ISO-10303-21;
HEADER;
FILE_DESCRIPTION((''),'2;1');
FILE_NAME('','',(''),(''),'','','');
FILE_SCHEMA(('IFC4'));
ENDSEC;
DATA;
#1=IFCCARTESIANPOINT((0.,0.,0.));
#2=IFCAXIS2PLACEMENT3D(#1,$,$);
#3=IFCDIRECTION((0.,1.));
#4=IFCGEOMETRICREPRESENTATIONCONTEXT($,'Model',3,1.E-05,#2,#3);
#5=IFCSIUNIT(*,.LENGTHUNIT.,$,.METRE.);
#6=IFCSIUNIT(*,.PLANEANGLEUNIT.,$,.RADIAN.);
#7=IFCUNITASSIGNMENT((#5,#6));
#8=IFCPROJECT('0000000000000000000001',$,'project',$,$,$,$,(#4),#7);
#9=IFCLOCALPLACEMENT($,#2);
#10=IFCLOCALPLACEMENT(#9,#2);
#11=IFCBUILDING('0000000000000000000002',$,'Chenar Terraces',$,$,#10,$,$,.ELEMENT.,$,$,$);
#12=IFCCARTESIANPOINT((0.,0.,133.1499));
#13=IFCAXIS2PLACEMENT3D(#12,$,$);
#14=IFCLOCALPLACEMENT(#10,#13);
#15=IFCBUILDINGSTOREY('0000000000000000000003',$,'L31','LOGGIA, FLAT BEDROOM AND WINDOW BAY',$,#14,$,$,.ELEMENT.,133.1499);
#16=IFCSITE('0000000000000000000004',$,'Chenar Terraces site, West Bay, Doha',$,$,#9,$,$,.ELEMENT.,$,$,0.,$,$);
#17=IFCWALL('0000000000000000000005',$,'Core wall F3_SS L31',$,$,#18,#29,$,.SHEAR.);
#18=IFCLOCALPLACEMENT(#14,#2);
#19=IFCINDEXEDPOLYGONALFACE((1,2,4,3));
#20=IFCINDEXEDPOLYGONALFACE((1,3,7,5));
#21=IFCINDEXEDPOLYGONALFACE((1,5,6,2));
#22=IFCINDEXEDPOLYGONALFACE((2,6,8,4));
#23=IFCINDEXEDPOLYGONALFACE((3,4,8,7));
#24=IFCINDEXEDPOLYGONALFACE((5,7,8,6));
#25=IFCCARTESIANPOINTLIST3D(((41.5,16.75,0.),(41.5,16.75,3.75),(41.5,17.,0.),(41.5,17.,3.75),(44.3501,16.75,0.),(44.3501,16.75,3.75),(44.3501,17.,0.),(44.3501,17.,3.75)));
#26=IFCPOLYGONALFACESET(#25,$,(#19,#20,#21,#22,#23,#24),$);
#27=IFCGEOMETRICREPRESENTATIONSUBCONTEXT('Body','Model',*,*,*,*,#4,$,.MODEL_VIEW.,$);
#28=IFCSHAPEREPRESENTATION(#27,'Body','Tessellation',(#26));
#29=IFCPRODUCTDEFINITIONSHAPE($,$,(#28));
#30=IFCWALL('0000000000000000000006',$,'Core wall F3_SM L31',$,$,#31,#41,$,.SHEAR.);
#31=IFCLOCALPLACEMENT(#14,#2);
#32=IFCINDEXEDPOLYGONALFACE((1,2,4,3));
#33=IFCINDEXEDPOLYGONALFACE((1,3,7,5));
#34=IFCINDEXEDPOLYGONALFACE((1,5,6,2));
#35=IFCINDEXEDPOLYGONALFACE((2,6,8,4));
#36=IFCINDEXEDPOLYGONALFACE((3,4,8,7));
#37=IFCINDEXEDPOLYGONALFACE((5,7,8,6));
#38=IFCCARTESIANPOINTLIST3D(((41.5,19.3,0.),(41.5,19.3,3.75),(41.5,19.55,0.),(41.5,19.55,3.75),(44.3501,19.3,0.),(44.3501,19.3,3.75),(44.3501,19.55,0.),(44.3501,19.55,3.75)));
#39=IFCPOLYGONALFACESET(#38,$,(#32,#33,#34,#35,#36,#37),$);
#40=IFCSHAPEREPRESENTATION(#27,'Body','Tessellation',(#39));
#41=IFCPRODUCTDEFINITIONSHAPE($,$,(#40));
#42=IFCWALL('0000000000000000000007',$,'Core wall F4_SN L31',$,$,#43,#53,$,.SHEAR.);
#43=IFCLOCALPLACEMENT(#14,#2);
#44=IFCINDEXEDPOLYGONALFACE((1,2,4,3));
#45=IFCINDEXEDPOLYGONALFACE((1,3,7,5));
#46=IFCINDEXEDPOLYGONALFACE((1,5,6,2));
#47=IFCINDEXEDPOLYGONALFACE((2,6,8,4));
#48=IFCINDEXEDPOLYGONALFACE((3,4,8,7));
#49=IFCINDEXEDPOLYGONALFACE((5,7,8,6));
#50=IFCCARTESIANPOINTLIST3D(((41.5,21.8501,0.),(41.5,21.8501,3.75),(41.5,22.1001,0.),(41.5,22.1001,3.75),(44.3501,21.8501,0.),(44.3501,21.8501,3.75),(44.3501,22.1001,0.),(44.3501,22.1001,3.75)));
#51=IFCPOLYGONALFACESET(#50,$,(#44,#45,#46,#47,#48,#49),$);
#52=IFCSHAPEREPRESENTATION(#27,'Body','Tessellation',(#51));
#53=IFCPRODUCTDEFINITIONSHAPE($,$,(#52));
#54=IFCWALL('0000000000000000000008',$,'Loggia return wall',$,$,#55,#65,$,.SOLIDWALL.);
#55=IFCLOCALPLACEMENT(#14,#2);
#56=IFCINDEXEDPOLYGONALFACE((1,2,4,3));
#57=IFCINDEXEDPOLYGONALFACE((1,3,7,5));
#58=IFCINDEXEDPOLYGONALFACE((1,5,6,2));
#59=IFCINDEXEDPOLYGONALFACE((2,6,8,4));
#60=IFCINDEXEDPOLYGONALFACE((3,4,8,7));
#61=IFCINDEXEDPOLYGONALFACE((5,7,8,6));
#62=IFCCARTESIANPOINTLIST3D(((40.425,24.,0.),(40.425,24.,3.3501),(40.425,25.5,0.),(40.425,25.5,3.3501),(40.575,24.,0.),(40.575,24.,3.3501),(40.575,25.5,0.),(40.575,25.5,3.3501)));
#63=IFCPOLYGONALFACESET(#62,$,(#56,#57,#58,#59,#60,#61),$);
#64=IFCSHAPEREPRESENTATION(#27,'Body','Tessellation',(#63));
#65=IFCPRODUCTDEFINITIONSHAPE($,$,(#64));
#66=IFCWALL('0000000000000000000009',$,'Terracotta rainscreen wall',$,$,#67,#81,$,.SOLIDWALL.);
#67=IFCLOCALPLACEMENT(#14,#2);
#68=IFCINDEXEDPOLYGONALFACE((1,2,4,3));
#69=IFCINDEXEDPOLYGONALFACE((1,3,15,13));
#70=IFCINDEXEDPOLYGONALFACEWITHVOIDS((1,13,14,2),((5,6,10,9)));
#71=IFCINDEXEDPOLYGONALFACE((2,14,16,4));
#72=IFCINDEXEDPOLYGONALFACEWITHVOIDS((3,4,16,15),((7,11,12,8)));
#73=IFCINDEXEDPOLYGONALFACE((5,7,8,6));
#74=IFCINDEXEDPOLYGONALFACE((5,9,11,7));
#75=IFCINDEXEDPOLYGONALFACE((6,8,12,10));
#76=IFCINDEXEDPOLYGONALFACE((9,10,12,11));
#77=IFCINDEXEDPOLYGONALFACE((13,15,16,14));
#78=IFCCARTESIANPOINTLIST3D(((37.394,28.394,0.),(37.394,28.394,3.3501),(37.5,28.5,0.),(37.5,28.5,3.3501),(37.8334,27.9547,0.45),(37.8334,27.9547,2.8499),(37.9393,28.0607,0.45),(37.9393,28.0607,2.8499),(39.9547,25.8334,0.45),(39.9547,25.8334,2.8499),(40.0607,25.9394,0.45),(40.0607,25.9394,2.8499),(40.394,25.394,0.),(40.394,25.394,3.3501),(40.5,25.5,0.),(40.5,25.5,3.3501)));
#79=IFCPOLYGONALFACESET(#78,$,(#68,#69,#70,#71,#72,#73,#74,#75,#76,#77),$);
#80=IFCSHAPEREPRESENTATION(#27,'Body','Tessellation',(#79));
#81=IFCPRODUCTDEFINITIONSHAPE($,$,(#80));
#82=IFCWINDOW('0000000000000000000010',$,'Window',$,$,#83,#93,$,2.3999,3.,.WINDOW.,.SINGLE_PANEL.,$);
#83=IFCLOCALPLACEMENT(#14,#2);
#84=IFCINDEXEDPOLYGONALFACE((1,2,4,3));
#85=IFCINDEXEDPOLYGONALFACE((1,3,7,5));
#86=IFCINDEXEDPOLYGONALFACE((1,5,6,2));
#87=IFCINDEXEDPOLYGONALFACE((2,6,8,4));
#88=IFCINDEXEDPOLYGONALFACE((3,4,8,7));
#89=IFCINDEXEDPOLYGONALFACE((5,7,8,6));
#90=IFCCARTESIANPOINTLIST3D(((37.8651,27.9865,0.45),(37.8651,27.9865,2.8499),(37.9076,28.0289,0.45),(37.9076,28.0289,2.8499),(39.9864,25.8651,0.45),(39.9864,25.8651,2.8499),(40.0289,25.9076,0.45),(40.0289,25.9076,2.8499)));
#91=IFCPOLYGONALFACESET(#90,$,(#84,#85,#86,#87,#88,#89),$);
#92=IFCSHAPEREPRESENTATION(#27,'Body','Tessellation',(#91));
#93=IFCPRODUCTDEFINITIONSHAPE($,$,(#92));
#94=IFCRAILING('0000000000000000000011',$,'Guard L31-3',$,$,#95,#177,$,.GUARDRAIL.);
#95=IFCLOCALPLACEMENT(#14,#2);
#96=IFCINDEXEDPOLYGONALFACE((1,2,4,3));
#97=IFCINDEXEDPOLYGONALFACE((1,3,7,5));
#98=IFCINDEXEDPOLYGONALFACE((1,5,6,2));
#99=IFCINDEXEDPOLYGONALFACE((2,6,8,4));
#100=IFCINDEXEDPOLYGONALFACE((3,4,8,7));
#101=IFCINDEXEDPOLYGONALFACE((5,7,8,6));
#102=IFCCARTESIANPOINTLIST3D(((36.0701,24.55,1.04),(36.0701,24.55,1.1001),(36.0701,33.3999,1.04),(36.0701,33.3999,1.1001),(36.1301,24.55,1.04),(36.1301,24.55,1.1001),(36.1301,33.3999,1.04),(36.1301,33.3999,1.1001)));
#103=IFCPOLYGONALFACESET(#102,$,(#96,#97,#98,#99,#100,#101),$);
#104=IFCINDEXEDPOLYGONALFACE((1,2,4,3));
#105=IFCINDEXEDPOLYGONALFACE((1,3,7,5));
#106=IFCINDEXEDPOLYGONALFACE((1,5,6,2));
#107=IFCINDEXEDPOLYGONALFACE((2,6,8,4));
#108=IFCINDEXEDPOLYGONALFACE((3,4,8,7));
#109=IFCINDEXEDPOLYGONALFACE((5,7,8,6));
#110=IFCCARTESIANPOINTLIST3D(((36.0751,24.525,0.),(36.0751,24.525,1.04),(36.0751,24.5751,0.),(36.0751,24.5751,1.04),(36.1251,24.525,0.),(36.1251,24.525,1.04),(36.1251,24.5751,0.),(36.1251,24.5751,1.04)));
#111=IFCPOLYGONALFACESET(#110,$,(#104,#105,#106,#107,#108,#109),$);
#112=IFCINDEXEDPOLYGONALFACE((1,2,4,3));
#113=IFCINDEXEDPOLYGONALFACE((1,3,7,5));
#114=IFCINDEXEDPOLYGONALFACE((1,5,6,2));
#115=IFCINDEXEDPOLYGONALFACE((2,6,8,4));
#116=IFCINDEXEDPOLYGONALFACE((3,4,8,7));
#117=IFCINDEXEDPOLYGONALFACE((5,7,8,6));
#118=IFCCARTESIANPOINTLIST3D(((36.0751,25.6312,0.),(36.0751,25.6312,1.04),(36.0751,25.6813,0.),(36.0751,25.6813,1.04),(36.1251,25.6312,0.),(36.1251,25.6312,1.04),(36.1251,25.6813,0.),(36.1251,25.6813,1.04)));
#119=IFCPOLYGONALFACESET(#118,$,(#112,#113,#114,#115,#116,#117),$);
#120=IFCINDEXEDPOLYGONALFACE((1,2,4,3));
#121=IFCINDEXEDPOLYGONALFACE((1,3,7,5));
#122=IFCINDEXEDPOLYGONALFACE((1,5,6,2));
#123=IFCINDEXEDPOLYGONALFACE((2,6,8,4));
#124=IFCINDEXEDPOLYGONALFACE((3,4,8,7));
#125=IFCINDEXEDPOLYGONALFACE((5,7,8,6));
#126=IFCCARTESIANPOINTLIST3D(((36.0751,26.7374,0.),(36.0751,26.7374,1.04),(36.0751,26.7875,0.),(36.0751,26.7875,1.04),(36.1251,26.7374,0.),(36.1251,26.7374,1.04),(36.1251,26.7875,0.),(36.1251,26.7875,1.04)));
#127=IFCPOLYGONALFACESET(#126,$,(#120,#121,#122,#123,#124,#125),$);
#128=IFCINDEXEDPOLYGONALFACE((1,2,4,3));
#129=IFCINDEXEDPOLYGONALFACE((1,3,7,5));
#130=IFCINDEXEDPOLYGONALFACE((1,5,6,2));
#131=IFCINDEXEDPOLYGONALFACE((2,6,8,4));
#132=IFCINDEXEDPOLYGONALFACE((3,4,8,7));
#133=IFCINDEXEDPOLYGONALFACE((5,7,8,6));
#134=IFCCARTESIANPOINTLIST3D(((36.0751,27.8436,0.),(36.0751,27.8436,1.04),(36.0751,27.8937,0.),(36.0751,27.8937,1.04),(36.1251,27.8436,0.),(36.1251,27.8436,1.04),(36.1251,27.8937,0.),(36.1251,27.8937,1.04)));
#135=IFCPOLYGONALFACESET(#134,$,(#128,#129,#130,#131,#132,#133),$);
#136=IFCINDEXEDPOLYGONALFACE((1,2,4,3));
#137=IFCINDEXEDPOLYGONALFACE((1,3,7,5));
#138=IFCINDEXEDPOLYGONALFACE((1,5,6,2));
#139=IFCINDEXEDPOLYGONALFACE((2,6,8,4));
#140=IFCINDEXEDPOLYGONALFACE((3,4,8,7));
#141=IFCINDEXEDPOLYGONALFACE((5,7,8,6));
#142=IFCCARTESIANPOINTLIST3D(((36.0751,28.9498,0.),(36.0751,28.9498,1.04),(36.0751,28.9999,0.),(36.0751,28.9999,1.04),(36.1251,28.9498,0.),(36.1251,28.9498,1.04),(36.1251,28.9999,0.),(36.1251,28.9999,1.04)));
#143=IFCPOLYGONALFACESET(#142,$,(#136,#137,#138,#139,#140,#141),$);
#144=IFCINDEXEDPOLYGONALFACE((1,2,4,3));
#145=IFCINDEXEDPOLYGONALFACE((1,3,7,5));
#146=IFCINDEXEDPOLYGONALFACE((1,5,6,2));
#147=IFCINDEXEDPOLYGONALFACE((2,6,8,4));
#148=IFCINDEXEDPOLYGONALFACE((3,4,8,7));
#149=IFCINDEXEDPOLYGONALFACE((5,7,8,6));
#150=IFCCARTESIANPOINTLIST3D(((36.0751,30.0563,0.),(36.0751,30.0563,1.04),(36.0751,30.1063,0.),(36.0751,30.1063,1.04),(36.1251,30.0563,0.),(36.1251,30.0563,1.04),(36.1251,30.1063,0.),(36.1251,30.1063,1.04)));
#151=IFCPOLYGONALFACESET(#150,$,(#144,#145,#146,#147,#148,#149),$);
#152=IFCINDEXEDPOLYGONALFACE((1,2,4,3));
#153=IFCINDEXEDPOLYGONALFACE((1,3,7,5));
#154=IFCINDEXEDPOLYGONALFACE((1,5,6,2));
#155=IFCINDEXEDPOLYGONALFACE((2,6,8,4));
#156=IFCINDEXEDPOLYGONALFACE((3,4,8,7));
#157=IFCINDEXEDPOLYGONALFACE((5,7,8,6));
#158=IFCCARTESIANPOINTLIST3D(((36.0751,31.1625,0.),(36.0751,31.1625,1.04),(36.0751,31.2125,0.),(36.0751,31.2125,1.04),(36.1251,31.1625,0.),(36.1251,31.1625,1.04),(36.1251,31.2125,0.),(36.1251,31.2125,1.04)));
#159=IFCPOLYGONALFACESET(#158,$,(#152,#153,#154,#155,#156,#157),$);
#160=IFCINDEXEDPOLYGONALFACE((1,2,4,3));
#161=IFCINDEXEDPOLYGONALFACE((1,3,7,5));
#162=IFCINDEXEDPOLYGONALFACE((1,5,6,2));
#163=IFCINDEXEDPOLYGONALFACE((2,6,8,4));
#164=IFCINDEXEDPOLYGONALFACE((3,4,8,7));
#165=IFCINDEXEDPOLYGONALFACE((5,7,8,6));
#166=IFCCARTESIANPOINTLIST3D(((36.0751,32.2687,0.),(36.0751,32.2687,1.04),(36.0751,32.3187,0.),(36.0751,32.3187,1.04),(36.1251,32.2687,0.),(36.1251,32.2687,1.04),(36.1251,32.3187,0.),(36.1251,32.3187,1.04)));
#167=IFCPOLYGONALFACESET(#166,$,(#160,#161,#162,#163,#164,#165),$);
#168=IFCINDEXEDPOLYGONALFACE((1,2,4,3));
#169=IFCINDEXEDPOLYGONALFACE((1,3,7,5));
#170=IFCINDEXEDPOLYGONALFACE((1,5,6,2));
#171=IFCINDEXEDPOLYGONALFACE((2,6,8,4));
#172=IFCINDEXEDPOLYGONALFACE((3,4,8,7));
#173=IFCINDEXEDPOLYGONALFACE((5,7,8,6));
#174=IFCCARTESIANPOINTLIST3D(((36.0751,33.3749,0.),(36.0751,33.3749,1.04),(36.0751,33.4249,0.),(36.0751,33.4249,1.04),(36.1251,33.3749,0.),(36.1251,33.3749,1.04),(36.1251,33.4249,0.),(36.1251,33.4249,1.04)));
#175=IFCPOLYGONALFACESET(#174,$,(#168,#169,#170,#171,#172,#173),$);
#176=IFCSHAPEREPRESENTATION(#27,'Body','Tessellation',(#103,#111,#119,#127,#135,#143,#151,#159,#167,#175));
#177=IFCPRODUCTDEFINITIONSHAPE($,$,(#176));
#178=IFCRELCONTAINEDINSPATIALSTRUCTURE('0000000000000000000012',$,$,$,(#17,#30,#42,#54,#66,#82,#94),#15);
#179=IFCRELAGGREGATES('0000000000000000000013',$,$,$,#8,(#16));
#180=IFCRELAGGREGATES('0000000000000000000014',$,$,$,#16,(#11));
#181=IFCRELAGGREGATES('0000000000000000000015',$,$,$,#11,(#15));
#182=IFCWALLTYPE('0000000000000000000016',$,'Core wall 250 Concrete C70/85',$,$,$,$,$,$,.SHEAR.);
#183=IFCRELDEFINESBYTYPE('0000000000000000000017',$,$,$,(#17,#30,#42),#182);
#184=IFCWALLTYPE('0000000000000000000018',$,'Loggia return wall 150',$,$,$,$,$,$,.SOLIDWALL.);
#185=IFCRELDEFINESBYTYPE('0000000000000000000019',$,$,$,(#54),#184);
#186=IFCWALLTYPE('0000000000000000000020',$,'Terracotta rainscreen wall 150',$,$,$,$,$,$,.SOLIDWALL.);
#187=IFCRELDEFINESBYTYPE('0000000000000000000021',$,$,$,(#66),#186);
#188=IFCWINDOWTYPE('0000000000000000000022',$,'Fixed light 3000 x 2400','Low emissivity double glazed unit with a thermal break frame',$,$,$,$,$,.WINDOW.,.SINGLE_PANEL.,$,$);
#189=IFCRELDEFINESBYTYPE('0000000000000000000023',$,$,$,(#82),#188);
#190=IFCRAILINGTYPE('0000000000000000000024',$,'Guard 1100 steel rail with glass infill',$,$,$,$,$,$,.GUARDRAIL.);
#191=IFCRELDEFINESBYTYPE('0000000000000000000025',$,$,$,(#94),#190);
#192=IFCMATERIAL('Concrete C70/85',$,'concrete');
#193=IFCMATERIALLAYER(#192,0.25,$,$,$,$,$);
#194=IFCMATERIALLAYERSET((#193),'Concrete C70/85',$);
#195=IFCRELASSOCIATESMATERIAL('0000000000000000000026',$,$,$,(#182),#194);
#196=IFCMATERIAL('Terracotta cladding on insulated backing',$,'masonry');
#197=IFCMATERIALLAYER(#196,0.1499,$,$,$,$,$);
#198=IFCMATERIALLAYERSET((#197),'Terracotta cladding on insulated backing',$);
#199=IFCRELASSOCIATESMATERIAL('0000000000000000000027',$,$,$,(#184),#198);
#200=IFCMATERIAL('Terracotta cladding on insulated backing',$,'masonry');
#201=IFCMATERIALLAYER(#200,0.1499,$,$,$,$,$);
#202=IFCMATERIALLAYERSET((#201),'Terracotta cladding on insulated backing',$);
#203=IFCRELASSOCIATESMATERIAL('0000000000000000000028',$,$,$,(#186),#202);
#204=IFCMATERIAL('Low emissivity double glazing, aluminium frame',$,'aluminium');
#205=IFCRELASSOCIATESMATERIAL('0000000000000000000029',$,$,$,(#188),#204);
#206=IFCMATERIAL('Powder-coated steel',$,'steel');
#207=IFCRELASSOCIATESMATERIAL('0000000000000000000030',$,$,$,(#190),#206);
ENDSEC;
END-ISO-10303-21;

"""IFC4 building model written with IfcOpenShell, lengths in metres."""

from ifc_helpers import new_model, si_unit, direction, frame, frame_2d, origin, origin_2d, place, context, subcontext, project, spatial, rectangle, extrude, material, layer, layer_set, type_object, element, fill, save


model = new_model("IFC4")

# Units and contexts
model_context = context("Model", 3, precision=1e-05, world=origin(), true_north=direction((0.0, 1.0)))
body_context = subcontext(model_context, "Body", "Model", "MODEL_VIEW")
ifc_project = project(units=[si_unit("LENGTHUNIT", "METRE"), si_unit("PLANEANGLEUNIT", "RADIAN")], contexts=[model_context])

# Site, building, storey
site_placement = place(None, origin())
site = spatial("IfcSite", under=ifc_project, at=site_placement, Name="Chenar Terraces site, West Bay, Doha", CompositionType="ELEMENT", RefElevation=0.0)
building_placement = place(site_placement, origin())
building = spatial("IfcBuilding", under=site, at=building_placement, Name="Chenar Terraces", CompositionType="ELEMENT")
storey_placement = place(building_placement, frame((0.0, 0.0, 133.1499)))
storey = spatial("IfcBuildingStorey", under=building, at=storey_placement, Name="L31", Description="LOGGIA, FLAT BEDROOM AND WINDOW BAY", CompositionType="ELEMENT", Elevation=133.1499)

# Walls
ifc_material_1 = material(Name="Concrete C70/85", Category="concrete")
ifc_layer_1 = layer(ifc_material_1, 0.25)
ifc_layer_set_1 = layer_set([ifc_layer_1], Name="Concrete C70/85")
wall_type_1 = type_object("IfcWallType", Name="Core wall 250 Concrete C70/85", PredefinedType="SHEAR", material=ifc_layer_set_1)
for number, where, z_axis, x_axis, name in (
    (1, (41.5, 16.875, 0.0), (0.0, 0.0, 1.0), (1.0, 0.0, 0.0), "Core wall F3_SS L31"),
    (2, (41.5, 19.425, 0.0), (0.0, 0.0, 1.0), (1.0, 0.0, 0.0), "Core wall F3_SM L31"),
    (3, (41.5, 21.9751, 0.0), (0.0, 0.0, 1.0), (1.0, 0.0, 0.0), "Core wall F4_SN L31"),
):
    element("IfcWall", number, at=place(storey_placement, frame(where, z_axis=z_axis, x_axis=x_axis)), inside=storey, type_object=wall_type_1, Name=name, PredefinedType="SHEAR", context=body_context, shape_type="SweptSolid", body=[
        extrude(rectangle(XDim=2.8501, YDim=0.25, at=frame_2d((1.425, 0.0))), origin(), (0.0, 0.0, 1.0), 3.75),
    ])
ifc_material_2 = material(Name="Terracotta cladding on insulated backing", Category="masonry")
ifc_layer_2 = layer(ifc_material_2, 0.1499)
ifc_layer_set_2 = layer_set([ifc_layer_2], Name="Terracotta cladding on insulated backing")
wall_type_2 = type_object("IfcWallType", Name="Loggia return wall 150", PredefinedType="SOLIDWALL", material=ifc_layer_set_2)
wall_1_placement = place(storey_placement, frame((40.5, 25.5, 0.0), z_axis=(0.0, 0.0, 1.0), x_axis=(0.0, -1.0, 0.0)))
element("IfcWall", 4, at=wall_1_placement, inside=storey, type_object=wall_type_2, Name="Loggia return wall", PredefinedType="SOLIDWALL", context=body_context, shape_type="SweptSolid", body=[
    extrude(rectangle(XDim=1.5, YDim=0.1499, at=frame_2d((0.75, 0.0))), origin(), (0.0, 0.0, 1.0), 3.3501),
])

# Wall, opening, window
ifc_material_3 = material(Name="Terracotta cladding on insulated backing", Category="masonry")
ifc_layer_3 = layer(ifc_material_3, 0.1499)
ifc_layer_set_3 = layer_set([ifc_layer_3], Name="Terracotta cladding on insulated backing")
wall_type_3 = type_object("IfcWallType", Name="Terracotta rainscreen wall 150", PredefinedType="SOLIDWALL", material=ifc_layer_set_3)
wall_2_placement = place(storey_placement, frame((40.447, 25.447, 0.0), z_axis=(0.0, 0.0, 1.0), x_axis=(-0.707107, 0.707107, 0.0)))
wall_2 = element("IfcWall", 5, at=wall_2_placement, inside=storey, type_object=wall_type_3, Name="Terracotta rainscreen wall", PredefinedType="SOLIDWALL", context=body_context, shape_type="SweptSolid", body=[
    extrude(rectangle(XDim=4.2427, YDim=0.1499, at=frame_2d((2.1213, 0.0))), origin(), (0.0, 0.0, 1.0), 3.3501),
])
opening_1_placement = place(wall_2_placement, frame((0.6213, 0.0, 0.45)))
opening_1 = element("IfcOpeningElement", 6, at=opening_1_placement, cuts=wall_2, PredefinedType="OPENING", context=body_context, shape_type="SweptSolid", body=[
    extrude(rectangle(XDim=3.0, YDim=2.3999, at=frame_2d((1.5, 1.2))), frame((0.0, 0.085, 0.0), z_axis=(0.0, -1.0, 0.0), x_axis=(1.0, 0.0, 0.0)), (0.0, 0.0, 1.0), 0.1699),
])
ifc_material_4 = material(Name="Low emissivity double glazing, aluminium frame", Category="aluminium")
window_type = type_object("IfcWindowType", Name="Fixed light 3000 x 2400", Description="Low emissivity double glazed unit with a thermal break frame", PartitioningType="SINGLE_PANEL", PredefinedType="WINDOW", material=ifc_material_4)
window_placement = place(opening_1_placement, origin())
window = element("IfcWindow", 7, at=window_placement, inside=storey, type_object=window_type, Name="Window", OverallHeight=2.3999, OverallWidth=3.0, PartitioningType="SINGLE_PANEL", PredefinedType="WINDOW", context=body_context, shape_type="SweptSolid", body=[
    extrude(rectangle(XDim=3.0, YDim=2.3999, at=frame_2d((1.5, 1.2))), frame((0.0, 0.03, 0.0), z_axis=(0.0, -1.0, 0.0), x_axis=(1.0, 0.0, 0.0)), (0.0, 0.0, 1.0), 0.0601),
])
fill(opening_1, window)

# Railing
ifc_material_5 = material(Name="Powder-coated steel", Category="steel")
railing_type = type_object("IfcRailingType", Name="Guard 1100 steel rail with glass infill", PredefinedType="GUARDRAIL", material=ifc_material_5)
railing_placement = place(storey_placement, frame((36.1001, 24.55, 0.0)))
element("IfcRailing", 8, at=railing_placement, inside=storey, type_object=railing_type, Name="Guard L31-3", PredefinedType="GUARDRAIL", context=body_context, shape_type="SweptSolid", body=[
    extrude(rectangle(XDim=0.0601, YDim=0.0601, at=origin_2d()), frame((0.0, 0.0, 1.0701), z_axis=(0.0, 1.0, 0.0), x_axis=(-1.0, 0.0, 0.0)), (0.0, 0.0, 1.0), 8.8499),
    extrude(rectangle(XDim=0.05, YDim=0.05, at=origin_2d()), origin(), (0.0, 0.0, 1.0), 1.04),
    extrude(rectangle(XDim=0.05, YDim=0.05, at=origin_2d()), frame((0.0, 1.1062, 0.0)), (0.0, 0.0, 1.0), 1.04),
    extrude(rectangle(XDim=0.05, YDim=0.05, at=origin_2d()), frame((0.0, 2.2124, 0.0)), (0.0, 0.0, 1.0), 1.04),
    extrude(rectangle(XDim=0.05, YDim=0.05, at=origin_2d()), frame((0.0, 3.3186, 0.0)), (0.0, 0.0, 1.0), 1.04),
    extrude(rectangle(XDim=0.05, YDim=0.05, at=origin_2d()), frame((0.0, 4.4248, 0.0)), (0.0, 0.0, 1.0), 1.04),
    extrude(rectangle(XDim=0.05, YDim=0.05, at=origin_2d()), frame((0.0, 5.5312, 0.0)), (0.0, 0.0, 1.0), 1.04),
    extrude(rectangle(XDim=0.05, YDim=0.05, at=origin_2d()), frame((0.0, 6.6375, 0.0)), (0.0, 0.0, 1.0), 1.04),
    extrude(rectangle(XDim=0.05, YDim=0.05, at=origin_2d()), frame((0.0, 7.7437, 0.0)), (0.0, 0.0, 1.0), 1.04),
    extrude(rectangle(XDim=0.05, YDim=0.05, at=origin_2d()), frame((0.0, 8.8499, 0.0)), (0.0, 0.0, 1.0), 1.04),
])

save(model, "model.ifc")
